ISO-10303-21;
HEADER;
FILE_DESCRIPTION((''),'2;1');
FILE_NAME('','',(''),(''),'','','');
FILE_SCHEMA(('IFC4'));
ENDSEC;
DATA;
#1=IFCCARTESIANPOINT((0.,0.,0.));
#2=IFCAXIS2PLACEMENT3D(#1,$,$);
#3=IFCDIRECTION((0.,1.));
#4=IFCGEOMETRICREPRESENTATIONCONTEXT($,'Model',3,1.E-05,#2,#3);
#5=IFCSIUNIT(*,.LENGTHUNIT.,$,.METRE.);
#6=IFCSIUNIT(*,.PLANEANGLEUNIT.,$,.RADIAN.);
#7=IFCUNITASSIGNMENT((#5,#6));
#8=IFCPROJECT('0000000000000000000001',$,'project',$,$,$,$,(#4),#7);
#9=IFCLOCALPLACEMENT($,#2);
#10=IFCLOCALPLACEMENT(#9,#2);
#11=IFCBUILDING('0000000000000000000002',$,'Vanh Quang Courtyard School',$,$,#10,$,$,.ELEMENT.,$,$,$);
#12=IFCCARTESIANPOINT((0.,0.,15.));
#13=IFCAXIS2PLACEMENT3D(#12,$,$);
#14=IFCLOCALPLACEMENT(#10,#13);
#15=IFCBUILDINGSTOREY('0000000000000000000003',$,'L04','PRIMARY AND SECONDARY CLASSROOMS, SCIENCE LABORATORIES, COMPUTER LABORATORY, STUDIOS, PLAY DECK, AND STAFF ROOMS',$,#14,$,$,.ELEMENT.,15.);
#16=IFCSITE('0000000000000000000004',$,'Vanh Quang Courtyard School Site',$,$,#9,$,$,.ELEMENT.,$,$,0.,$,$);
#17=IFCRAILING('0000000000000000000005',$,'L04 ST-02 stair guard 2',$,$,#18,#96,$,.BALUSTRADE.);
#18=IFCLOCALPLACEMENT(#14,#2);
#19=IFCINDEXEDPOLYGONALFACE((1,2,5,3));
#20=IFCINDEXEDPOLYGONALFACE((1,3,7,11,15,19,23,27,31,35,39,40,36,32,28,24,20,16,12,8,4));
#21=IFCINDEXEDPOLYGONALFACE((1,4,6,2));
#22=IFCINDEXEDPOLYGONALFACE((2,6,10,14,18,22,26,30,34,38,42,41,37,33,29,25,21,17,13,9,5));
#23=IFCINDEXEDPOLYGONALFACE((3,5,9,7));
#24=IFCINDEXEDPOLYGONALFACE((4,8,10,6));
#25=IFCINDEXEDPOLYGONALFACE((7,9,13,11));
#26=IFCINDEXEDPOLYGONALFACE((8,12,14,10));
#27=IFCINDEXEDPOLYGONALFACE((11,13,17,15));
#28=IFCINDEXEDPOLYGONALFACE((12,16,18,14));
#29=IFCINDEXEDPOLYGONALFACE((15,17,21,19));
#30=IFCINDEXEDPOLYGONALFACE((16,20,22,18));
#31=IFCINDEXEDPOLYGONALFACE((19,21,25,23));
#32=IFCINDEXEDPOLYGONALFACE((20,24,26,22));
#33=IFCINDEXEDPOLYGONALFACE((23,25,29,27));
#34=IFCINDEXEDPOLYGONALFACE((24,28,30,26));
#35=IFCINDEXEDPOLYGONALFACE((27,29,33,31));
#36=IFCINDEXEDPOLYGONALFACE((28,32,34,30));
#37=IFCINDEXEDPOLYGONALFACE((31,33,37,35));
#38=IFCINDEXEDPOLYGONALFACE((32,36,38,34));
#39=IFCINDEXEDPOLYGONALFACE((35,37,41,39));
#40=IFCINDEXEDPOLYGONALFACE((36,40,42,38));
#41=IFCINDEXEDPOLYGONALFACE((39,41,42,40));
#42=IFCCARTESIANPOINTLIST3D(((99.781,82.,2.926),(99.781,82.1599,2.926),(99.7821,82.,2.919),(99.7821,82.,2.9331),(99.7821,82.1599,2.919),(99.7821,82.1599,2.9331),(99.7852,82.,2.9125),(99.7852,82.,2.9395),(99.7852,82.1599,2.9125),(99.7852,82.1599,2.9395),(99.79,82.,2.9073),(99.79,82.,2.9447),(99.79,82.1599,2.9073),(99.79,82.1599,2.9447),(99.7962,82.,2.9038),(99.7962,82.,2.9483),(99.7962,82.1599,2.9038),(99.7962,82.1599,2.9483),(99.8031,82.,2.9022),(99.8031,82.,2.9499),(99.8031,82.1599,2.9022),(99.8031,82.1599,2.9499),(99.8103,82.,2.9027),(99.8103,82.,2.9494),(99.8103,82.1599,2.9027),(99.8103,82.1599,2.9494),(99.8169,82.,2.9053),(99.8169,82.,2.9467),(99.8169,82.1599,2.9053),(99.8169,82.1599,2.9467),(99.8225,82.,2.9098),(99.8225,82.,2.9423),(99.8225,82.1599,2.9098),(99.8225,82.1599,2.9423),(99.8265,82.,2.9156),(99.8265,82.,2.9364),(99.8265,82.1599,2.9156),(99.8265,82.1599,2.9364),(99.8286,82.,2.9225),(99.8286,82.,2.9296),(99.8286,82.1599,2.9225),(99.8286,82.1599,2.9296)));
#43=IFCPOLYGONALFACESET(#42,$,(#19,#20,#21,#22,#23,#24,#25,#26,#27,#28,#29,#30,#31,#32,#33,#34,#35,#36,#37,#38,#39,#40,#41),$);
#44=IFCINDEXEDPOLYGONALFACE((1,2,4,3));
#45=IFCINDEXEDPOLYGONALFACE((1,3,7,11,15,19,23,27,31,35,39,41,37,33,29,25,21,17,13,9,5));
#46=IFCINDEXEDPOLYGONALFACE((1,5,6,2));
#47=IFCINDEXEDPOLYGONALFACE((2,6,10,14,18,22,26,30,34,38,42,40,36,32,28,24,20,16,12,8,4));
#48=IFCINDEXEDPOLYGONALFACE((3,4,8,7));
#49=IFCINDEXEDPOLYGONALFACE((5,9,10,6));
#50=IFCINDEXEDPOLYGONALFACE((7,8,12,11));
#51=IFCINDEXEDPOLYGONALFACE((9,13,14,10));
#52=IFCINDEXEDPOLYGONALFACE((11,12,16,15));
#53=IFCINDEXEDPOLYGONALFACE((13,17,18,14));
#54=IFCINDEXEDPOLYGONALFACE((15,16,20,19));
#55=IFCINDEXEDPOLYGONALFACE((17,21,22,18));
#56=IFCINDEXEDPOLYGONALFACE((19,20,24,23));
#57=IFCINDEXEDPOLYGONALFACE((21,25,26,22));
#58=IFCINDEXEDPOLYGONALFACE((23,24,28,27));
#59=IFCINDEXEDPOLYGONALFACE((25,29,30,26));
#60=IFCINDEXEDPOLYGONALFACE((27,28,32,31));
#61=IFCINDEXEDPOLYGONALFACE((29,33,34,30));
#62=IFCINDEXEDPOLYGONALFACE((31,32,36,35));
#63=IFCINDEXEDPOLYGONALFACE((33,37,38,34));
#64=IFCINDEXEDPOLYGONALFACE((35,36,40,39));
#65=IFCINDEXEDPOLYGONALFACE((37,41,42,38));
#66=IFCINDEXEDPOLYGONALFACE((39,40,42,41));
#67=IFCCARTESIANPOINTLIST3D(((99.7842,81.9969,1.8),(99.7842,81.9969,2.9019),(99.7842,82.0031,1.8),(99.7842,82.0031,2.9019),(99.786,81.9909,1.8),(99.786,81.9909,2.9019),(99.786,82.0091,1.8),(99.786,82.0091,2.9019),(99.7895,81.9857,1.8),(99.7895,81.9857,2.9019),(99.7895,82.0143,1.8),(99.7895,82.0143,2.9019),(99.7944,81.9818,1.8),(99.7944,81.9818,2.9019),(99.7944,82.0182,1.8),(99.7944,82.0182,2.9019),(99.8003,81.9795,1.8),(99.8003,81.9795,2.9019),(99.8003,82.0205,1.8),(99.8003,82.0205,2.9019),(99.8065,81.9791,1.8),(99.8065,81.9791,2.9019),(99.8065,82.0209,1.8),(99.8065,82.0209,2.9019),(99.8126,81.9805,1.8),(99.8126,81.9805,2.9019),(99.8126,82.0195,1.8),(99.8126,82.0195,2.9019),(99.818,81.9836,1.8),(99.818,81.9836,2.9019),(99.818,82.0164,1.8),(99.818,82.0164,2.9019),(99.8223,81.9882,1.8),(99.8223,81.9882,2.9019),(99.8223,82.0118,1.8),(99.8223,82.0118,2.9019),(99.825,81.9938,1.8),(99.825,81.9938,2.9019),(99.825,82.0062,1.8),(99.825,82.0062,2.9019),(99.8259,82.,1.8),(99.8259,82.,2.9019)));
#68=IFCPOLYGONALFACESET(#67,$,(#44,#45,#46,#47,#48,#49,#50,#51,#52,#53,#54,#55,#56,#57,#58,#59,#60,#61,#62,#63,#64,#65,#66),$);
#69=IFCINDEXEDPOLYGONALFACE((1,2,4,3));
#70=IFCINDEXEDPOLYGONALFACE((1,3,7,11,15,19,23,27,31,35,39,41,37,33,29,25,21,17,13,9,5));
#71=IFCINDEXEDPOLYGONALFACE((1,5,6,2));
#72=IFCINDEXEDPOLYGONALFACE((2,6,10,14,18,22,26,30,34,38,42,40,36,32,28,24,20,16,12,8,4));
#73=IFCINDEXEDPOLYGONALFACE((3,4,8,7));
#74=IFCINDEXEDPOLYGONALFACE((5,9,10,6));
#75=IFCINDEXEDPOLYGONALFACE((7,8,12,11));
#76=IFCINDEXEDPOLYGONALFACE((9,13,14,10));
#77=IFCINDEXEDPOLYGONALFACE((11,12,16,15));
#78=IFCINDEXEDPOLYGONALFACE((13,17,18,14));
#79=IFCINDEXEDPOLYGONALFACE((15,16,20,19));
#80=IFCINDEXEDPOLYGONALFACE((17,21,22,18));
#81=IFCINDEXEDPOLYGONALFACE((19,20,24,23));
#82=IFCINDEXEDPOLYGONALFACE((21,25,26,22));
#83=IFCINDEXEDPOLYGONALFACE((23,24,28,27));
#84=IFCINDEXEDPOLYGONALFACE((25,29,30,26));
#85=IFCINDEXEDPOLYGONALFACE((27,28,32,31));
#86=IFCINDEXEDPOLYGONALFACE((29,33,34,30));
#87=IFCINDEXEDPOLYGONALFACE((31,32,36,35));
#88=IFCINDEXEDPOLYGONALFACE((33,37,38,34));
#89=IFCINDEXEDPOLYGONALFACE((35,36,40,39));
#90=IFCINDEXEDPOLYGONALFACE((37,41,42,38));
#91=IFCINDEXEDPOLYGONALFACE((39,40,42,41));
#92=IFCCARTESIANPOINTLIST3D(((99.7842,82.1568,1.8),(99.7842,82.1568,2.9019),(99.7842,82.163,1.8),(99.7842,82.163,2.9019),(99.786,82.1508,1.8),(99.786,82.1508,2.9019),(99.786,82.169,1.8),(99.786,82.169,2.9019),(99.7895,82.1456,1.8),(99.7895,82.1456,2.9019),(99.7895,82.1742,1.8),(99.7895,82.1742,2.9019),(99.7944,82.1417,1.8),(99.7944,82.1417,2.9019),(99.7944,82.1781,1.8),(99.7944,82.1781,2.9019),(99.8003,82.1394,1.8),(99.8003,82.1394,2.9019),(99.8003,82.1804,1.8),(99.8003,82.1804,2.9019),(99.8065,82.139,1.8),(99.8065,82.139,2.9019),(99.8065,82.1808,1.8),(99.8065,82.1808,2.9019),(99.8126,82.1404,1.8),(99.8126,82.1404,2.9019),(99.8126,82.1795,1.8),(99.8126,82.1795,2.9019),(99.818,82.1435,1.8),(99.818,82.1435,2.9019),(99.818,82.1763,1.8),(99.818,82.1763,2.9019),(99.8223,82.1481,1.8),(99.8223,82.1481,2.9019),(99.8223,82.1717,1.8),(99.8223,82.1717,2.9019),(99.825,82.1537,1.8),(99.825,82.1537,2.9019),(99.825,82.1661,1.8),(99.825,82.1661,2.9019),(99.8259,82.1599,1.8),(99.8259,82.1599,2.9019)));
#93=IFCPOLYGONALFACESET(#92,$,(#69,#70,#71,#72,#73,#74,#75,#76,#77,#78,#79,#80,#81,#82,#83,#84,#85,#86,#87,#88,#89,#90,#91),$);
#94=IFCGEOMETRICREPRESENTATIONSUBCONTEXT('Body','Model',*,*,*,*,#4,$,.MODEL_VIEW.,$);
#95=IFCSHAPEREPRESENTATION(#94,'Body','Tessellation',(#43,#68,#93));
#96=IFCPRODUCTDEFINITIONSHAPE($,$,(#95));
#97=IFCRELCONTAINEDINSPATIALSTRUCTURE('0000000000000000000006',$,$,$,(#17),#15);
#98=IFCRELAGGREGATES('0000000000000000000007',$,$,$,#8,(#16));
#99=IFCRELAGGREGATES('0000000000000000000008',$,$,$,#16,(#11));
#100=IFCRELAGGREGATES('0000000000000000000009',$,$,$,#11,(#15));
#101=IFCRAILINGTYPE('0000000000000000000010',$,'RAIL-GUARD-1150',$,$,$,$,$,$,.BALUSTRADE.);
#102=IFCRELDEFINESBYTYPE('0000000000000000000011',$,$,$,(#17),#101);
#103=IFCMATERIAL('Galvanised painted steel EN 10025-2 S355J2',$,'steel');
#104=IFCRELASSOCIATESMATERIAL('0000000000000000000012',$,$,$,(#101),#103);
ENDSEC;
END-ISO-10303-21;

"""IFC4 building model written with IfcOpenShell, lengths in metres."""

from ifc_helpers import new_model, si_unit, direction, frame, origin, origin_2d, place, context, subcontext, project, spatial, circle, extrude, material, type_object, element, save


model = new_model("IFC4")

# Units and contexts
model_context = context("Model", 3, precision=1e-05, world=origin(), true_north=direction((0.0, 1.0)))
body_context = subcontext(model_context, "Body", "Model", "MODEL_VIEW")
ifc_project = project(units=[si_unit("LENGTHUNIT", "METRE"), si_unit("PLANEANGLEUNIT", "RADIAN")], contexts=[model_context])

# Site, building, storey
site_placement = place(None, origin())
site = spatial("IfcSite", under=ifc_project, at=site_placement, Name="Vanh Quang Courtyard School Site", CompositionType="ELEMENT", RefElevation=0.0)
building_placement = place(site_placement, origin())
building = spatial("IfcBuilding", under=site, at=building_placement, Name="Vanh Quang Courtyard School", CompositionType="ELEMENT")
storey_placement = place(building_placement, frame((0.0, 0.0, 15.0)))
storey = spatial("IfcBuildingStorey", under=building, at=storey_placement, Name="L04", Description="PRIMARY AND SECONDARY CLASSROOMS, SCIENCE LABORATORIES, COMPUTER LABORATORY, STUDIOS, PLAY DECK, AND STAFF ROOMS", CompositionType="ELEMENT", Elevation=15.0)

# Railing
ifc_material_1 = material(Name="Galvanised painted steel EN 10025-2 S355J2", Category="steel")
railing_type_1 = type_object("IfcRailingType", Name="RAIL-GUARD-1150", PredefinedType="BALUSTRADE", material=ifc_material_1)
railing_1_placement = place(storey_placement, frame((99.8049, 82.0, 1.8)))
element("IfcRailing", 1, at=railing_1_placement, inside=storey, type_object=railing_type_1, Name="L04 ST-02 stair guard 2", PredefinedType="BALUSTRADE", context=body_context, shape_type="SweptSolid", body=[
    extrude(circle(Radius=0.0239, at=origin_2d()), frame((0.0, 0.0, 1.126), z_axis=(0.0, 1.0, 0.0), x_axis=(-1.0, 0.0, 0.0)), (0.0, 0.0, 1.0), 0.1599),
    extrude(circle(Radius=0.021, at=origin_2d()), origin(), (0.0, 0.0, 1.0), 1.1018),
    extrude(circle(Radius=0.021, at=origin_2d()), frame((0.0, 0.1599, 0.0)), (0.0, 0.0, 1.0), 1.1018),
])

save(model, "model.ifc")
